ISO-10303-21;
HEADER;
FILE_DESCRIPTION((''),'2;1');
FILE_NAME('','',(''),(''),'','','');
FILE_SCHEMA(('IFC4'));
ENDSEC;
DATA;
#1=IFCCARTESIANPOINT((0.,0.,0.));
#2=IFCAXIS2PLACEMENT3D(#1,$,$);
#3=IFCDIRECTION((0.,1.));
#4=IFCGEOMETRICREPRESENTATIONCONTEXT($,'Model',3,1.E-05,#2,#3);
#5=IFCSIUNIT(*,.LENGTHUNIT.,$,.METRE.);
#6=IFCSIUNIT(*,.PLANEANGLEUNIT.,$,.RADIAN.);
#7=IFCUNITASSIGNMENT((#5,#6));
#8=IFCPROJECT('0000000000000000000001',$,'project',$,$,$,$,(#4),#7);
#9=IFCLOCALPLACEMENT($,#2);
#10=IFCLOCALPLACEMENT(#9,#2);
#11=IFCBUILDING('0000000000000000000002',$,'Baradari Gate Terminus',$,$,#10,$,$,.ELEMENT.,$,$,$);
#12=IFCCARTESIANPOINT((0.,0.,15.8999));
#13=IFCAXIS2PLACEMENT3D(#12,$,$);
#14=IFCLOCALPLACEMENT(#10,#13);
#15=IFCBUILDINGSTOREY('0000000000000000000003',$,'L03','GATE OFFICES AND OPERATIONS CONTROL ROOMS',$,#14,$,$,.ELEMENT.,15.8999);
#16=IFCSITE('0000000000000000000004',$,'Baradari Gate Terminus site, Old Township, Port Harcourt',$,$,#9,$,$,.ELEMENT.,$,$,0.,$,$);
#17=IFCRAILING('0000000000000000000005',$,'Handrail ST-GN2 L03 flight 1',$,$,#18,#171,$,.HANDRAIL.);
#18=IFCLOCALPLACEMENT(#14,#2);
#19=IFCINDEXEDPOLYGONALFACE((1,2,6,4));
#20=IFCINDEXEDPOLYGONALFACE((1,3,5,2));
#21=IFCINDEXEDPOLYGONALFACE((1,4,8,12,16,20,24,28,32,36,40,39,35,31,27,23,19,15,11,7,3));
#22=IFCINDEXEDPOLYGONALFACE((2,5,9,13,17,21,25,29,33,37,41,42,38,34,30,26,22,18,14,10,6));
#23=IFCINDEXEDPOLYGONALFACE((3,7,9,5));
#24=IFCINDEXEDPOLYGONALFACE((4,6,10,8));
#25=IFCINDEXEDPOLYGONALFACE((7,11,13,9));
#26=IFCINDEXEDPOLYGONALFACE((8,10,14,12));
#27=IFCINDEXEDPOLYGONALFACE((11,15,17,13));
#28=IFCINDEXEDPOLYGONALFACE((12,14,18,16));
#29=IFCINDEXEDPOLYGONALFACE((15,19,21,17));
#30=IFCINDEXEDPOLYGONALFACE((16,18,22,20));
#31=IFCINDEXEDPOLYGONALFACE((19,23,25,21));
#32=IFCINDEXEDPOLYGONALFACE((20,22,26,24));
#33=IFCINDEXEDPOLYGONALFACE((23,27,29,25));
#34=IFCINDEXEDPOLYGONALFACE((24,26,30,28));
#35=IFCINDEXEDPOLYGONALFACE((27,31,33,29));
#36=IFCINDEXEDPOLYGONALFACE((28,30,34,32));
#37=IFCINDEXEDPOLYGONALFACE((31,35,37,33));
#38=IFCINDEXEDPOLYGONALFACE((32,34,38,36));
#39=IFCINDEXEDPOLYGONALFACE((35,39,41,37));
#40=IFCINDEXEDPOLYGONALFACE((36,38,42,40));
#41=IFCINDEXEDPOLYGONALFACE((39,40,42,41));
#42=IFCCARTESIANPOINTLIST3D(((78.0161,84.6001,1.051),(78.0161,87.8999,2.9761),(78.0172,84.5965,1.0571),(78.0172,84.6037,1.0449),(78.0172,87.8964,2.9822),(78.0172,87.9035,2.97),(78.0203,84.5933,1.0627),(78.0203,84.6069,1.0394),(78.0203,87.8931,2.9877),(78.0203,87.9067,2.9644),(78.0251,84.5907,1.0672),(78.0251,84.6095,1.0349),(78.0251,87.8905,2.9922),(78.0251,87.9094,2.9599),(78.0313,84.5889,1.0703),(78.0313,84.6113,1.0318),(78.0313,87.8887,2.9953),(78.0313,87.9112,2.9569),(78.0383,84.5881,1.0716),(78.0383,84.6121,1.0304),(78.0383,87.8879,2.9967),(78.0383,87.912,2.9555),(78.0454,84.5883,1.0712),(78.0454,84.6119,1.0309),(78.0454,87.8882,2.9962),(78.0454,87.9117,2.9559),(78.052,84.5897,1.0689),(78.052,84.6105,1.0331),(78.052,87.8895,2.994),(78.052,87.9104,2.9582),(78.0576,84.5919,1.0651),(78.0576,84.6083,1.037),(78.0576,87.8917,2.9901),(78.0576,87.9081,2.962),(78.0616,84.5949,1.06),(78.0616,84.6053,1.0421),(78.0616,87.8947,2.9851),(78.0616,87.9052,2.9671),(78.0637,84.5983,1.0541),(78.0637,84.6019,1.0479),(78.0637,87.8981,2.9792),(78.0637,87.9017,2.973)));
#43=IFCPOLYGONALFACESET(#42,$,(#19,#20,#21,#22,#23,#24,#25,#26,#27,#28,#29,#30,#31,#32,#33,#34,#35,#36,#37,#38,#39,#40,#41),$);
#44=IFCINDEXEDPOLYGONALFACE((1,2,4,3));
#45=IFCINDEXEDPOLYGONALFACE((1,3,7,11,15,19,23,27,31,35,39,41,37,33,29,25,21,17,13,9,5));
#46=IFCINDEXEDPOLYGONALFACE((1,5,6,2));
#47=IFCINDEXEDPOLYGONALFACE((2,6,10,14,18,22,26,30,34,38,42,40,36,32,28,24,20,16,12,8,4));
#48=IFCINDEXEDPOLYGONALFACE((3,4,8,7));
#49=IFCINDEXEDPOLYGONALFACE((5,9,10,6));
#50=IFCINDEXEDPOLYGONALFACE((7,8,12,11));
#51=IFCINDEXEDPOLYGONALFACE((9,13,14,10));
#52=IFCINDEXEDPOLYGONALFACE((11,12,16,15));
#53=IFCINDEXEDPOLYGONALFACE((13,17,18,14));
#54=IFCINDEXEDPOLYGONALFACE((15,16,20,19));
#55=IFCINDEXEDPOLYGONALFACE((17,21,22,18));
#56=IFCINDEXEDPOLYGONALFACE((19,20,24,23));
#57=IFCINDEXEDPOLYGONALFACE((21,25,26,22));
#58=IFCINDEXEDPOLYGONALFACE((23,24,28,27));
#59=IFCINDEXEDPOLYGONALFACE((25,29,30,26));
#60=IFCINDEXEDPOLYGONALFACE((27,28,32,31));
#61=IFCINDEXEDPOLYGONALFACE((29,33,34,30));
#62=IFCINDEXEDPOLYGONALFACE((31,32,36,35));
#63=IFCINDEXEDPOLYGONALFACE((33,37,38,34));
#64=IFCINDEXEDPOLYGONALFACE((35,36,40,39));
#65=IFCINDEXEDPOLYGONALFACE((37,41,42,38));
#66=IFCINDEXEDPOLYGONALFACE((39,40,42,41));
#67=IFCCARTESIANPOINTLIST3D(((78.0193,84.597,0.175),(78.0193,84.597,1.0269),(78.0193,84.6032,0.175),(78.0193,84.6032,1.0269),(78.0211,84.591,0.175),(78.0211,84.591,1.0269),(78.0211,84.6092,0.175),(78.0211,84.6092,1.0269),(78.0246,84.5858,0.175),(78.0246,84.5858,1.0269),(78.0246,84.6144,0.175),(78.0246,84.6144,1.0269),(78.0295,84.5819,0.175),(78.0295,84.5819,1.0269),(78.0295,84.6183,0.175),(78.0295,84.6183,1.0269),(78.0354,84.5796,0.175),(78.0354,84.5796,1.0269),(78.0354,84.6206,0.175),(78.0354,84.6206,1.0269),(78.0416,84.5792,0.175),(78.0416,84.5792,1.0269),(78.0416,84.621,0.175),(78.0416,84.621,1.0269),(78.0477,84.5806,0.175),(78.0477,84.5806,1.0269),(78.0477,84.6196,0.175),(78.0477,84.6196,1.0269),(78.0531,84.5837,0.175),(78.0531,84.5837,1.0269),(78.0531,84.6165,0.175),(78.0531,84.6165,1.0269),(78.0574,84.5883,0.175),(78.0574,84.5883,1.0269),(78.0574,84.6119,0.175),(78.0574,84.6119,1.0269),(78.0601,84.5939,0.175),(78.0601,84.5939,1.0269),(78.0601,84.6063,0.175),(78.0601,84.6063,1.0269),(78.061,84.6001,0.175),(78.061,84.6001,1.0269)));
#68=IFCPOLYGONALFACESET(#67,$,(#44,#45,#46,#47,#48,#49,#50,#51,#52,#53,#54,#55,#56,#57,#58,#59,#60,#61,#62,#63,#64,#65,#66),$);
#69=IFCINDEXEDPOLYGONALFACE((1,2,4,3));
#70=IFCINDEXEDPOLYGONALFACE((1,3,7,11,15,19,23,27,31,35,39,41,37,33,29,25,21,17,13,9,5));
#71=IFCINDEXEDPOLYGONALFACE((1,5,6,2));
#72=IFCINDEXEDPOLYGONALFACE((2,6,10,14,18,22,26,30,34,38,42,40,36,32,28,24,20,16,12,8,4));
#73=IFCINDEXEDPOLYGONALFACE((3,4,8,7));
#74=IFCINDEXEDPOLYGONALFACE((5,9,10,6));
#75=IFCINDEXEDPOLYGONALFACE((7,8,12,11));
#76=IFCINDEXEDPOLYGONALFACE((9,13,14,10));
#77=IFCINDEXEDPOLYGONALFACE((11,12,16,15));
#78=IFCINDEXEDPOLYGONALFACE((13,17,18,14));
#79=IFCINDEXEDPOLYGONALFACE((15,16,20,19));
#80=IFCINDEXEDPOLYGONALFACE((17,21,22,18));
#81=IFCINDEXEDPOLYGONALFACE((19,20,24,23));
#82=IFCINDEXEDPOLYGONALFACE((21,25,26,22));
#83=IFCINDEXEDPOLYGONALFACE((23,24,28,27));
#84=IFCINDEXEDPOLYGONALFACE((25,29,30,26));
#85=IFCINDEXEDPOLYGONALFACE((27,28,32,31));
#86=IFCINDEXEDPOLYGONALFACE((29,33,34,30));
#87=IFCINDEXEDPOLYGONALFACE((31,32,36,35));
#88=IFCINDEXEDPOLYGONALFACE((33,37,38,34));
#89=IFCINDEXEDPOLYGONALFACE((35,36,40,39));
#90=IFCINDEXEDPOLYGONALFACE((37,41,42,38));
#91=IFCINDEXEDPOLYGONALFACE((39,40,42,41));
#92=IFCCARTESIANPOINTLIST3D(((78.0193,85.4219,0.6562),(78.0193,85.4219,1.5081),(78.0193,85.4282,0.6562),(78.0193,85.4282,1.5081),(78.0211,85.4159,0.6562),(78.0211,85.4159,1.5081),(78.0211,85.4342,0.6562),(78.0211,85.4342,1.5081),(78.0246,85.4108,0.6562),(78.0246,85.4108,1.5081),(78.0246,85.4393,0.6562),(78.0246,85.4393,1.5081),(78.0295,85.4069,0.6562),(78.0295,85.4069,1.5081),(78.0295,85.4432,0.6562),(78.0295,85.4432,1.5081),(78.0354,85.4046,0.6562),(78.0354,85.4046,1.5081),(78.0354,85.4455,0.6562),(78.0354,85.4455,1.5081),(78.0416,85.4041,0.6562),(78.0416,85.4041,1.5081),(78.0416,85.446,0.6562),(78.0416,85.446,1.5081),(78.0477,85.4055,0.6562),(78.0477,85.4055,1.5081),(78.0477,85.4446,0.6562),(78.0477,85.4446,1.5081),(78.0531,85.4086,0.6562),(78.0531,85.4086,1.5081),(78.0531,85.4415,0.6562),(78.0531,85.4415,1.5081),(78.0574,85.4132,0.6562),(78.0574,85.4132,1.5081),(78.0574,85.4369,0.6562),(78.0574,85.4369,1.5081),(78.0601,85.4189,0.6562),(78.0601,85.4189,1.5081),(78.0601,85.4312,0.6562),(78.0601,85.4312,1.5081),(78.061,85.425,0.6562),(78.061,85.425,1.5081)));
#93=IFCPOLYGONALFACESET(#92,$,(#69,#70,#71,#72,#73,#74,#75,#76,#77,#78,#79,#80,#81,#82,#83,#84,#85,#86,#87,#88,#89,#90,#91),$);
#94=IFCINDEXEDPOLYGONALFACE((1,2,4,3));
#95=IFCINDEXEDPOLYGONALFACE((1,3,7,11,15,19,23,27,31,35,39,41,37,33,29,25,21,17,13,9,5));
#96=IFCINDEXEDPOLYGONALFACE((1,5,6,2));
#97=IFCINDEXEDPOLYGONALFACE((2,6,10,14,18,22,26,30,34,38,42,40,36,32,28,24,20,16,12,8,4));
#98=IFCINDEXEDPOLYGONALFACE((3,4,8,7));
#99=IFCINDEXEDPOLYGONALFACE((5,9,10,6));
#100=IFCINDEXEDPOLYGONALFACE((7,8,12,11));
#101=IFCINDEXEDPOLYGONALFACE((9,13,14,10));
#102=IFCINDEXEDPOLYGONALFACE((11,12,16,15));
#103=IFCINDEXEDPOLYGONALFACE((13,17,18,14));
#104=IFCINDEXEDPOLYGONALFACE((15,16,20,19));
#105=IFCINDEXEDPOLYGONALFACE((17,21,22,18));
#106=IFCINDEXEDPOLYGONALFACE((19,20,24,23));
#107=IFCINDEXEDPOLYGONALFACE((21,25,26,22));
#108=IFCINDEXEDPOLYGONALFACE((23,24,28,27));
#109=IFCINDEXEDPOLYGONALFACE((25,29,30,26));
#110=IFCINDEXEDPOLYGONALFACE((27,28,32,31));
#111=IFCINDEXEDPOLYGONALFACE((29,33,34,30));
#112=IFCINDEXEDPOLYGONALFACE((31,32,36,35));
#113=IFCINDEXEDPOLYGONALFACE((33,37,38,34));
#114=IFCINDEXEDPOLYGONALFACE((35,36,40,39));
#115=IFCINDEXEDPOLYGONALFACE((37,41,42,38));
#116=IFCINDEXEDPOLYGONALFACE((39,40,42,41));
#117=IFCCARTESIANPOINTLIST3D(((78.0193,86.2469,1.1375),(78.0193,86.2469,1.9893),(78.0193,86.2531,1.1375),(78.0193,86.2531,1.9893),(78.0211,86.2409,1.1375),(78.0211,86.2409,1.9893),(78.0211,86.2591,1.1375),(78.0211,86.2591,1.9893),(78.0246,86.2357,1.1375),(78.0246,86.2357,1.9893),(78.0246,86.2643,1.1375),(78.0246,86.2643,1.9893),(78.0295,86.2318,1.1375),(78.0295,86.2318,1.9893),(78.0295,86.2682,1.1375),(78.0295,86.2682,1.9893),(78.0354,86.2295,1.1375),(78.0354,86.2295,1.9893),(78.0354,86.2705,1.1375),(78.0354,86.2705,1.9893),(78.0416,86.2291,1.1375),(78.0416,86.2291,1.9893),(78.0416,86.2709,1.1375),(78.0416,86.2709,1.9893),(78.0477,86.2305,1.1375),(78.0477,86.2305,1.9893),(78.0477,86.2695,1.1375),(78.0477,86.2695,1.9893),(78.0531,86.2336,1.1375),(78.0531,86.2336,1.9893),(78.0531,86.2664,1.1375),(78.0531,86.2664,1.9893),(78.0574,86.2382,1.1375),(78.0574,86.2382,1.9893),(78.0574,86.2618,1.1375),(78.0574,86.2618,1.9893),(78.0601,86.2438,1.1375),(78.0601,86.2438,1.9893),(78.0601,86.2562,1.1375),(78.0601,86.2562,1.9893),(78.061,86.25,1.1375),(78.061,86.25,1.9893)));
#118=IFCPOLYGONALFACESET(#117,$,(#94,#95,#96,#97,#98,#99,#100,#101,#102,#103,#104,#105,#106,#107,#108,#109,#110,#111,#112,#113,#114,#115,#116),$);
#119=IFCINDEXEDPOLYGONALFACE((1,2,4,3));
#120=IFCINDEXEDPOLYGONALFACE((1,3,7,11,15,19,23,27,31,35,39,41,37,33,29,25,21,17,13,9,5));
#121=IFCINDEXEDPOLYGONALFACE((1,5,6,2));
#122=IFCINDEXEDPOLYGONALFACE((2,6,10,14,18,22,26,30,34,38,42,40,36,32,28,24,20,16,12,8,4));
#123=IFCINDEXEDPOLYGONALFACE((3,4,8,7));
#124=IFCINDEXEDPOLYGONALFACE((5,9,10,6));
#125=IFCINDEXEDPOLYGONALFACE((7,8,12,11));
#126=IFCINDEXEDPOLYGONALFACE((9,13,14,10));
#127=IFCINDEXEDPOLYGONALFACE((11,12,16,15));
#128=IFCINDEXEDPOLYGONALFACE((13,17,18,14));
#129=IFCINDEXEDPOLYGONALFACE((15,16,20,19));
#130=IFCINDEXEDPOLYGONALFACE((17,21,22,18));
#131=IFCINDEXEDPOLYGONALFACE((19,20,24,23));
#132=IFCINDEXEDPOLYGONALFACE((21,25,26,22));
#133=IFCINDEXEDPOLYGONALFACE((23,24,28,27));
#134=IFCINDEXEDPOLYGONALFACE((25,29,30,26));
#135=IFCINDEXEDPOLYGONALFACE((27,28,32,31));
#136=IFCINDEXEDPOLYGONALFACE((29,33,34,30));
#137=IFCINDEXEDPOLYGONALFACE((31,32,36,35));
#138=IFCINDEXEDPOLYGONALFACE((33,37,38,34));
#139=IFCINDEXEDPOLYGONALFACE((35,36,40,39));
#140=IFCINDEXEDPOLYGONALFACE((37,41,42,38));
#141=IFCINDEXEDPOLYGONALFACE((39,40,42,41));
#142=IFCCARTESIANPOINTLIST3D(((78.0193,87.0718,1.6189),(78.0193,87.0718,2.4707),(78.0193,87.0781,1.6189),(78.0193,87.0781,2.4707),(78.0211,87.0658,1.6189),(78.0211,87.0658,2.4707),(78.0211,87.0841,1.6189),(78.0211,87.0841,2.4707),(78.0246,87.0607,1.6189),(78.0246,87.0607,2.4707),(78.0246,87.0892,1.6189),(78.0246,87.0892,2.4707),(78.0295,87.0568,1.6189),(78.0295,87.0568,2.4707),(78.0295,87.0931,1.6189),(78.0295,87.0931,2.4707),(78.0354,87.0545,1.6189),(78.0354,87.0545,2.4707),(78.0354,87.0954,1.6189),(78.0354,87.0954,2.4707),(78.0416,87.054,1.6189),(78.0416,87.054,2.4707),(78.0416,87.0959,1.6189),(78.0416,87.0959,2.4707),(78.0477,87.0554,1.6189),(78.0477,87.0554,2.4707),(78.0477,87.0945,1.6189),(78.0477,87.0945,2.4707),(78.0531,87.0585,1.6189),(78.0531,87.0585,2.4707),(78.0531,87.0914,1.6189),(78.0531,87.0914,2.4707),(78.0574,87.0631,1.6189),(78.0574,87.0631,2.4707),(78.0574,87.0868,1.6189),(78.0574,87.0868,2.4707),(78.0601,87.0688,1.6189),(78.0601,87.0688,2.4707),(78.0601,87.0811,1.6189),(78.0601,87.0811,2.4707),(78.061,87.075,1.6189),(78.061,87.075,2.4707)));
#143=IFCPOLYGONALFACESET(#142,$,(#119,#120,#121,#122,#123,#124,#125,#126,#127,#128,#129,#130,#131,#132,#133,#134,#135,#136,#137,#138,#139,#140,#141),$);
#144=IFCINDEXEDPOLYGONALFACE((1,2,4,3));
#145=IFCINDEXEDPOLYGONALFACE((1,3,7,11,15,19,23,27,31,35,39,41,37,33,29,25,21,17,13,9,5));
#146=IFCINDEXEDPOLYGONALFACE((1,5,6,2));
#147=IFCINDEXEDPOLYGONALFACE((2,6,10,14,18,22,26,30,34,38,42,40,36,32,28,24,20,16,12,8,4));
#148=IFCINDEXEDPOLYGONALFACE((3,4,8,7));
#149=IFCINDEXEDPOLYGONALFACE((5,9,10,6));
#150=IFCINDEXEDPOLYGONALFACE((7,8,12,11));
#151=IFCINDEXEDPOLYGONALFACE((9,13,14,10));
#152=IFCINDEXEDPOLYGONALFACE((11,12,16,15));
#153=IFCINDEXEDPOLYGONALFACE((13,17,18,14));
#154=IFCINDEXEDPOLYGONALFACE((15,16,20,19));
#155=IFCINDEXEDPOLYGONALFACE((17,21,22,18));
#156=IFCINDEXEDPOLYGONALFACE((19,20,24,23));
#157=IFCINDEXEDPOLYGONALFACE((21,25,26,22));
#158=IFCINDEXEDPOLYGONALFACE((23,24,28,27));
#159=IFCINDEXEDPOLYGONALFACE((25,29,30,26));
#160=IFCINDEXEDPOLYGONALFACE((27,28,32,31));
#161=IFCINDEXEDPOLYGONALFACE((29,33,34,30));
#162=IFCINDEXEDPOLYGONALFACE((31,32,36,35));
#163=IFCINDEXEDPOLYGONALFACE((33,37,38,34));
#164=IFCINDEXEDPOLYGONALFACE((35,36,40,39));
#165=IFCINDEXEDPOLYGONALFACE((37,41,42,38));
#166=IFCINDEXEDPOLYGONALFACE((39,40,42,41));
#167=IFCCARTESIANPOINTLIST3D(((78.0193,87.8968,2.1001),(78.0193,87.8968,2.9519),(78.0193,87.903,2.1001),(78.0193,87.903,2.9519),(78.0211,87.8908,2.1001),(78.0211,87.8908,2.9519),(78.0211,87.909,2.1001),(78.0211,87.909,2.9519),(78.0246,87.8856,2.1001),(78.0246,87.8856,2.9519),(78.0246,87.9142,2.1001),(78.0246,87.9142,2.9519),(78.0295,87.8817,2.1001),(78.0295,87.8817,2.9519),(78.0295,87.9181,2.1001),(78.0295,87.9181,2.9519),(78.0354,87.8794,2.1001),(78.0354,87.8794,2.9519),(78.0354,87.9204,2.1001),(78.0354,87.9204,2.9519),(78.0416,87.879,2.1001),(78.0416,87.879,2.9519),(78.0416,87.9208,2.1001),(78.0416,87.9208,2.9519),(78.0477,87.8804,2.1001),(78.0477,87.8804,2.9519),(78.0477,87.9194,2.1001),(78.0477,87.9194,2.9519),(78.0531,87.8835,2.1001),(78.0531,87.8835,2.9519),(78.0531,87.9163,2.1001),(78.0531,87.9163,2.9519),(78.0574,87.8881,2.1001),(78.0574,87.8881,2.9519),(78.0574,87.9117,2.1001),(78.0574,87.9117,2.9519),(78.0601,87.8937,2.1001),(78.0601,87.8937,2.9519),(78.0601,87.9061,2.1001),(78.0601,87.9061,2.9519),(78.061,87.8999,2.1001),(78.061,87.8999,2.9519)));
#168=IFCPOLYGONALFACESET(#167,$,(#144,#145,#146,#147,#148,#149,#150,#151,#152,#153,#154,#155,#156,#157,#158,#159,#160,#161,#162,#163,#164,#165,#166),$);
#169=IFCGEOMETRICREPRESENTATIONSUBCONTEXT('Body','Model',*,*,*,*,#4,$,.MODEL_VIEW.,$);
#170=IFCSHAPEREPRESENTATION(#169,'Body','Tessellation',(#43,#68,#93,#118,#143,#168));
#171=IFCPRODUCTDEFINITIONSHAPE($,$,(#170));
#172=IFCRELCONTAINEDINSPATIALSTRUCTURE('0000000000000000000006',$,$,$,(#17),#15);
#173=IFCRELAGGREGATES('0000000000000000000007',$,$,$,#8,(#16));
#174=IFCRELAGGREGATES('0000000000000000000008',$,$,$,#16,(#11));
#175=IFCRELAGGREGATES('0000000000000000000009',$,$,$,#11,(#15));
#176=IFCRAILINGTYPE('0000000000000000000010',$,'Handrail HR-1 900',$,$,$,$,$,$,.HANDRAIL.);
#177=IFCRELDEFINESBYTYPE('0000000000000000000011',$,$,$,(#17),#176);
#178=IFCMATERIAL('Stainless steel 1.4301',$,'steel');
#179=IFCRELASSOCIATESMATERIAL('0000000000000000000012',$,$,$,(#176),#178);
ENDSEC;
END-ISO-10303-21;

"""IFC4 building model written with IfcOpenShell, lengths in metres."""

from ifc_helpers import new_model, si_unit, direction, frame, origin, origin_2d, place, context, subcontext, project, spatial, circle, extrude, material, type_object, element, save


model = new_model("IFC4")

# Units and contexts
model_context = context("Model", 3, precision=1e-05, world=origin(), true_north=direction((0.0, 1.0)))
body_context = subcontext(model_context, "Body", "Model", "MODEL_VIEW")
ifc_project = project(units=[si_unit("LENGTHUNIT", "METRE"), si_unit("PLANEANGLEUNIT", "RADIAN")], contexts=[model_context])

# Site, building, storey
site_placement = place(None, origin())
site = spatial("IfcSite", under=ifc_project, at=site_placement, Name="Baradari Gate Terminus site, Old Township, Port Harcourt", CompositionType="ELEMENT", RefElevation=0.0)
building_placement = place(site_placement, origin())
building = spatial("IfcBuilding", under=site, at=building_placement, Name="Baradari Gate Terminus", CompositionType="ELEMENT")
storey_placement = place(building_placement, frame((0.0, 0.0, 15.8999)))
storey = spatial("IfcBuildingStorey", under=building, at=storey_placement, Name="L03", Description="GATE OFFICES AND OPERATIONS CONTROL ROOMS", CompositionType="ELEMENT", Elevation=15.8999)

# Railing
ifc_material_1 = material(Name="Stainless steel 1.4301", Category="steel")
railing_type = type_object("IfcRailingType", Name="Handrail HR-1 900", PredefinedType="HANDRAIL", material=ifc_material_1)
for number, where, name in (
    (1, (78.04, 84.6001, 0.175), "Handrail ST-GN2 L03 flight 1"),
):
    element("IfcRailing", number, at=place(storey_placement, frame(where)), inside=storey, type_object=railing_type, Name=name, PredefinedType="HANDRAIL", context=body_context, shape_type="SweptSolid", body=[
        extrude(circle(Radius=0.0239, at=origin_2d()), frame((0.0, 0.0, 0.876), z_axis=(0.0, 0.86376, 0.503903), x_axis=(-1.0, 0.0, 0.0)), (0.0, 0.0, 1.0), 3.8203),
        extrude(circle(Radius=0.021, at=origin_2d()), origin(), (0.0, 0.0, 1.0), 0.8518),
        extrude(circle(Radius=0.021, at=origin_2d()), frame((0.0, 0.825, 0.4812)), (0.0, 0.0, 1.0), 0.8518),
        extrude(circle(Radius=0.021, at=origin_2d()), frame((0.0, 1.6499, 0.9624)), (0.0, 0.0, 1.0), 0.8518),
        extrude(circle(Radius=0.021, at=origin_2d()), frame((0.0, 2.4749, 1.4438)), (0.0, 0.0, 1.0), 0.8518),
        extrude(circle(Radius=0.021, at=origin_2d()), frame((0.0, 3.2998, 1.925)), (0.0, 0.0, 1.0), 0.8518),
    ])

save(model, "model.ifc")
